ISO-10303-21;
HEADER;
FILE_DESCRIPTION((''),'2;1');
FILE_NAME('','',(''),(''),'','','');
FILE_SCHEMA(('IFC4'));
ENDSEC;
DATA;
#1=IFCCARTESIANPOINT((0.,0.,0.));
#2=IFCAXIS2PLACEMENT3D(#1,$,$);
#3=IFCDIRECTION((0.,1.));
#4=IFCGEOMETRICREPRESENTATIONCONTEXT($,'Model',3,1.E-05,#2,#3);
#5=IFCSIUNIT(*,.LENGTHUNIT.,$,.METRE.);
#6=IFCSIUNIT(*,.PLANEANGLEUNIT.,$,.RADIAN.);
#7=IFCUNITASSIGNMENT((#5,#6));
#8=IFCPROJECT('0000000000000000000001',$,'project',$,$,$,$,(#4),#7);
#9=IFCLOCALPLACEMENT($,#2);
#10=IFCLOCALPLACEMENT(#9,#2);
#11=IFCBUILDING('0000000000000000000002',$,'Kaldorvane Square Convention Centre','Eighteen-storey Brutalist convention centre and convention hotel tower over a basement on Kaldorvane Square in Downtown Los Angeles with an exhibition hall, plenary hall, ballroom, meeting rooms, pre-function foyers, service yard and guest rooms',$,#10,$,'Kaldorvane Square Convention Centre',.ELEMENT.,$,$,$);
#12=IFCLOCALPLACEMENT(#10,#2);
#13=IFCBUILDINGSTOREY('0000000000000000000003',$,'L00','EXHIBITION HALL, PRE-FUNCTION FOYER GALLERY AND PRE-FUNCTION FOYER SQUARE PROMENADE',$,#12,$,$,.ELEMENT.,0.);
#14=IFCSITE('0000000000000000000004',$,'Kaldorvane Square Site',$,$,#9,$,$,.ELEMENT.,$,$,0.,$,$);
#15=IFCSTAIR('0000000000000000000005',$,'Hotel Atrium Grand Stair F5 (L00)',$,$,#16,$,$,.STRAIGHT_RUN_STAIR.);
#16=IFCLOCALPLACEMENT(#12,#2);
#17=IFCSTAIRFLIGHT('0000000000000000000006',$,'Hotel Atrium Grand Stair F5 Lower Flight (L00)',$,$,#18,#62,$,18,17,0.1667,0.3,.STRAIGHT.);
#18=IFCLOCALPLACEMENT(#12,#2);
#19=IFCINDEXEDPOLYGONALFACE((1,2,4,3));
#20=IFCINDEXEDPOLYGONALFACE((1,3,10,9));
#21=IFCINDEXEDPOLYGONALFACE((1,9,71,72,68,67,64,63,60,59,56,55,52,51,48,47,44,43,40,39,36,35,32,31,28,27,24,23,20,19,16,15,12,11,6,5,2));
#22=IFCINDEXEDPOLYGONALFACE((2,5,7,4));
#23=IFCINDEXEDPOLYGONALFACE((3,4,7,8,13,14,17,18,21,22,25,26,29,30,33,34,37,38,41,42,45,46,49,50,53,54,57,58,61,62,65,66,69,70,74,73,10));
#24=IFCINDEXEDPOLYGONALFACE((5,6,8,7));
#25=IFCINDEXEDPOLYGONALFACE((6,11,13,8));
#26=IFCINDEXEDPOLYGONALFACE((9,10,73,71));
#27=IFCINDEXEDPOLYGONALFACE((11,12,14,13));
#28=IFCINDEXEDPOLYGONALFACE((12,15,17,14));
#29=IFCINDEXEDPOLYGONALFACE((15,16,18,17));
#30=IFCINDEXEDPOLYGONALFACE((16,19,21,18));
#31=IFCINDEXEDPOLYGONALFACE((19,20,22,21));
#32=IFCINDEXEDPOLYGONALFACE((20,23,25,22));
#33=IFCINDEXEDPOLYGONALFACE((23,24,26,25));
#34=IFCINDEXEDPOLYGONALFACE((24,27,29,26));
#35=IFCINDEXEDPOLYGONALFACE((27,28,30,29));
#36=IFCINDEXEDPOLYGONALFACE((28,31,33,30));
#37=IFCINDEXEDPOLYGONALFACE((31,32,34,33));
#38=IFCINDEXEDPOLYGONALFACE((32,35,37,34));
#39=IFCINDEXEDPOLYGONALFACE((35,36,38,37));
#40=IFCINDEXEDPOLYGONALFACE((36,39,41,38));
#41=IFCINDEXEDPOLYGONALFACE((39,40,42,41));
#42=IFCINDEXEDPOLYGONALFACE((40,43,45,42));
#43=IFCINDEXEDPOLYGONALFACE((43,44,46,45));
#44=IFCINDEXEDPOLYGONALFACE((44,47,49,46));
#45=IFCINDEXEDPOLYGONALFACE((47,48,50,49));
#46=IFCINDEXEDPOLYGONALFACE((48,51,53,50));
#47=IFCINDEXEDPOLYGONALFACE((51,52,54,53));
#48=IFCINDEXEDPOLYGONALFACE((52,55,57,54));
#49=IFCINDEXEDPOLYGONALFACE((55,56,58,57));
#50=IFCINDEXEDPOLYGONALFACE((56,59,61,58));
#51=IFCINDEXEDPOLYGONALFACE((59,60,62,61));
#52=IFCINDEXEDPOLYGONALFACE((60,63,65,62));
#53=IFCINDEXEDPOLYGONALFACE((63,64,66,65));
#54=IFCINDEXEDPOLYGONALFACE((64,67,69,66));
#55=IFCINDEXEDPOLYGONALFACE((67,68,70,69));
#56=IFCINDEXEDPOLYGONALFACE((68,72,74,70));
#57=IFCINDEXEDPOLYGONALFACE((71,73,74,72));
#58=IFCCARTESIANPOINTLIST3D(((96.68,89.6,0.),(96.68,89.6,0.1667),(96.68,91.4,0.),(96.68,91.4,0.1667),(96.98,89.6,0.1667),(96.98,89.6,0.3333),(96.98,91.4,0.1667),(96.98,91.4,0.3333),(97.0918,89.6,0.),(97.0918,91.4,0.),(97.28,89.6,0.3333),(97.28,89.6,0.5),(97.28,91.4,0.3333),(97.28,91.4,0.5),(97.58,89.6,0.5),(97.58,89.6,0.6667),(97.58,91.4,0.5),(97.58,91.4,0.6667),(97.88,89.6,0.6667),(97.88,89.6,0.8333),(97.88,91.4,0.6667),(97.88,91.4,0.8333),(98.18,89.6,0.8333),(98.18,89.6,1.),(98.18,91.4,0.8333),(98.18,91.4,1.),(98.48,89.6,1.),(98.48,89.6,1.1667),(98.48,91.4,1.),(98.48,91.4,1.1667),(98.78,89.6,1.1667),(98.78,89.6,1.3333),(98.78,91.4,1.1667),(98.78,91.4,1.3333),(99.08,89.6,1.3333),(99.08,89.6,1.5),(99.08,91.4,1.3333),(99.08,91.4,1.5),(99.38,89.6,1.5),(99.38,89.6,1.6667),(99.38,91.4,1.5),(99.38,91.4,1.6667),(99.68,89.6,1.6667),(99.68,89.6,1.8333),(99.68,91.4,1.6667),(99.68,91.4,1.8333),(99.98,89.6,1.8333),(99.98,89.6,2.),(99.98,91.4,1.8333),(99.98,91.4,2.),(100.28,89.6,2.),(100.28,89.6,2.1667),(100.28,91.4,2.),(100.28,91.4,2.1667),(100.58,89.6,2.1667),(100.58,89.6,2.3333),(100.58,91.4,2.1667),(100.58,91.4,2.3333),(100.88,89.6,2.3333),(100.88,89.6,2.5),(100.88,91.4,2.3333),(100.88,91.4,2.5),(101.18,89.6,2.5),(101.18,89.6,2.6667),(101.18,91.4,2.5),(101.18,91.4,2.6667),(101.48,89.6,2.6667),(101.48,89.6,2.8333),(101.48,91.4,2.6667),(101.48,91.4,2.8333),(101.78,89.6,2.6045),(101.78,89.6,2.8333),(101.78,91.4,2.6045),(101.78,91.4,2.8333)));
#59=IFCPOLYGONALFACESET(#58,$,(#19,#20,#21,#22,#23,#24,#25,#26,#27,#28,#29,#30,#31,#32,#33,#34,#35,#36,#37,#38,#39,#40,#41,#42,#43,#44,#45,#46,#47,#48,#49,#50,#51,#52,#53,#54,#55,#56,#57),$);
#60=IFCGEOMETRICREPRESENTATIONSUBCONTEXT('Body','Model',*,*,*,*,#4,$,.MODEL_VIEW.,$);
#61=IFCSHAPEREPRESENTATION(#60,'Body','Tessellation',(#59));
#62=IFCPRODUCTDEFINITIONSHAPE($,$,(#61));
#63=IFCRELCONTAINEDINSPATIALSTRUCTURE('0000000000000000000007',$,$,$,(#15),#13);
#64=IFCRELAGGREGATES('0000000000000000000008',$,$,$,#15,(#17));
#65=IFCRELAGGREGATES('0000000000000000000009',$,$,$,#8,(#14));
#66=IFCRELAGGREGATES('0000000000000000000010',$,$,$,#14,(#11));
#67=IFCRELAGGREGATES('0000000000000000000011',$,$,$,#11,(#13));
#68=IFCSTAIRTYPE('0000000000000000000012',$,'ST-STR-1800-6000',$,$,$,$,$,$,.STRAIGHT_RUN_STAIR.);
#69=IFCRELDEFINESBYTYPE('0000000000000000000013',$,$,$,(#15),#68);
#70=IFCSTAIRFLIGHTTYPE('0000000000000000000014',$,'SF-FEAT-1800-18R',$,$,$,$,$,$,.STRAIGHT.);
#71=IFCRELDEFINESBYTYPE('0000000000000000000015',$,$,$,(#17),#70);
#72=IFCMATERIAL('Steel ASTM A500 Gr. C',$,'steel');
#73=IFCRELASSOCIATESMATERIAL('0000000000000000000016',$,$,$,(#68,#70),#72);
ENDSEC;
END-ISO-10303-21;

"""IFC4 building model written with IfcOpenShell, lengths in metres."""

from ifc_helpers import new_model, si_unit, direction, frame, origin, place, context, subcontext, project, spatial, polyline, outline, extrude, material, type_object, element, aggregate, save


model = new_model("IFC4")

# Units and contexts
model_context = context("Model", 3, precision=1e-05, world=origin(), true_north=direction((0.0, 1.0)))
body_context = subcontext(model_context, "Body", "Model", "MODEL_VIEW")
ifc_project = project(units=[si_unit("LENGTHUNIT", "METRE"), si_unit("PLANEANGLEUNIT", "RADIAN")], contexts=[model_context])

# Site, building, storey
site_placement = place(None, origin())
site = spatial("IfcSite", under=ifc_project, at=site_placement, Name="Kaldorvane Square Site", CompositionType="ELEMENT", RefElevation=0.0)
building_placement = place(site_placement, origin())
building = spatial("IfcBuilding", under=site, at=building_placement, Name="Kaldorvane Square Convention Centre", Description="Eighteen-storey Brutalist convention centre and convention hotel tower over a basement on Kaldorvane Square in Downtown Los Angeles with an exhibition hall, plenary hall, ballroom, meeting rooms, pre-function foyers, service yard and guest rooms", LongName="Kaldorvane Square Convention Centre", CompositionType="ELEMENT")
storey_placement = place(building_placement, origin())
storey = spatial("IfcBuildingStorey", under=building, at=storey_placement, Name="L00", Description="EXHIBITION HALL, PRE-FUNCTION FOYER GALLERY AND PRE-FUNCTION FOYER SQUARE PROMENADE", CompositionType="ELEMENT", Elevation=0.0)

# Stair, stair flight
ifc_material_1 = material(Name="Steel ASTM A500 Gr. C", Category="steel")
stair_type = type_object("IfcStairType", Name="ST-STR-1800-6000", PredefinedType="STRAIGHT_RUN_STAIR", material=ifc_material_1)
stair_placement = place(storey_placement, origin())
stair = element("IfcStair", 1, at=stair_placement, inside=storey, type_object=stair_type, Name="Hotel Atrium Grand Stair F5 (L00)", PredefinedType="STRAIGHT_RUN_STAIR")
stair_flight_type = type_object("IfcStairFlightType", Name="SF-FEAT-1800-18R", PredefinedType="STRAIGHT", material=ifc_material_1)
stair_flight_placement = place(storey_placement, frame((96.68, 90.5, 0.0), z_axis=(0.0, 0.0, 1.0), x_axis=(1.0, 0.0, 0.0)))
stair_flight = element("IfcStairFlight", 2, at=stair_flight_placement, type_object=stair_flight_type, Name="Hotel Atrium Grand Stair F5 Lower Flight (L00)", NumberOfRisers=18, NumberOfTreads=17, PredefinedType="STRAIGHT", RiserHeight=0.1667, TreadLength=0.3, context=body_context, shape_type="SweptSolid", body=[
    extrude(outline(polyline([(0.0, 0.0), (0.0, 0.1667), (0.3, 0.1667), (0.3, 0.3333), (0.6, 0.3333), (0.6, 0.5), (0.9, 0.5), (0.9, 0.6667), (1.2, 0.6667), (1.2, 0.8333), (1.5, 0.8333), (1.5, 1.0), (1.8, 1.0), (1.8, 1.1667), (2.1, 1.1667), (2.1, 1.3333), (2.4, 1.3333), (2.4, 1.5), (2.7, 1.5), (2.7, 1.6667), (3.0, 1.6667), (3.0, 1.8333), (3.3, 1.8333), (3.3, 2.0), (3.6, 2.0), (3.6, 2.1667), (3.9, 2.1667), (3.9, 2.3333), (4.2, 2.3333), (4.2, 2.5), (4.5, 2.5), (4.5, 2.6667), (4.8, 2.6667), (4.8, 2.8333), (5.1, 2.8333), (5.1, 3.0), (5.1, 2.6045), (0.4118, 0.0), (0.0, 0.0)])), frame((0.0, 0.9, 0.0), z_axis=(0.0, -1.0, 0.0), x_axis=(1.0, 0.0, 0.0)), (0.0, 0.0, 1.0), 1.8),
])
aggregate(stair, [stair_flight])

save(model, "model.ifc")
